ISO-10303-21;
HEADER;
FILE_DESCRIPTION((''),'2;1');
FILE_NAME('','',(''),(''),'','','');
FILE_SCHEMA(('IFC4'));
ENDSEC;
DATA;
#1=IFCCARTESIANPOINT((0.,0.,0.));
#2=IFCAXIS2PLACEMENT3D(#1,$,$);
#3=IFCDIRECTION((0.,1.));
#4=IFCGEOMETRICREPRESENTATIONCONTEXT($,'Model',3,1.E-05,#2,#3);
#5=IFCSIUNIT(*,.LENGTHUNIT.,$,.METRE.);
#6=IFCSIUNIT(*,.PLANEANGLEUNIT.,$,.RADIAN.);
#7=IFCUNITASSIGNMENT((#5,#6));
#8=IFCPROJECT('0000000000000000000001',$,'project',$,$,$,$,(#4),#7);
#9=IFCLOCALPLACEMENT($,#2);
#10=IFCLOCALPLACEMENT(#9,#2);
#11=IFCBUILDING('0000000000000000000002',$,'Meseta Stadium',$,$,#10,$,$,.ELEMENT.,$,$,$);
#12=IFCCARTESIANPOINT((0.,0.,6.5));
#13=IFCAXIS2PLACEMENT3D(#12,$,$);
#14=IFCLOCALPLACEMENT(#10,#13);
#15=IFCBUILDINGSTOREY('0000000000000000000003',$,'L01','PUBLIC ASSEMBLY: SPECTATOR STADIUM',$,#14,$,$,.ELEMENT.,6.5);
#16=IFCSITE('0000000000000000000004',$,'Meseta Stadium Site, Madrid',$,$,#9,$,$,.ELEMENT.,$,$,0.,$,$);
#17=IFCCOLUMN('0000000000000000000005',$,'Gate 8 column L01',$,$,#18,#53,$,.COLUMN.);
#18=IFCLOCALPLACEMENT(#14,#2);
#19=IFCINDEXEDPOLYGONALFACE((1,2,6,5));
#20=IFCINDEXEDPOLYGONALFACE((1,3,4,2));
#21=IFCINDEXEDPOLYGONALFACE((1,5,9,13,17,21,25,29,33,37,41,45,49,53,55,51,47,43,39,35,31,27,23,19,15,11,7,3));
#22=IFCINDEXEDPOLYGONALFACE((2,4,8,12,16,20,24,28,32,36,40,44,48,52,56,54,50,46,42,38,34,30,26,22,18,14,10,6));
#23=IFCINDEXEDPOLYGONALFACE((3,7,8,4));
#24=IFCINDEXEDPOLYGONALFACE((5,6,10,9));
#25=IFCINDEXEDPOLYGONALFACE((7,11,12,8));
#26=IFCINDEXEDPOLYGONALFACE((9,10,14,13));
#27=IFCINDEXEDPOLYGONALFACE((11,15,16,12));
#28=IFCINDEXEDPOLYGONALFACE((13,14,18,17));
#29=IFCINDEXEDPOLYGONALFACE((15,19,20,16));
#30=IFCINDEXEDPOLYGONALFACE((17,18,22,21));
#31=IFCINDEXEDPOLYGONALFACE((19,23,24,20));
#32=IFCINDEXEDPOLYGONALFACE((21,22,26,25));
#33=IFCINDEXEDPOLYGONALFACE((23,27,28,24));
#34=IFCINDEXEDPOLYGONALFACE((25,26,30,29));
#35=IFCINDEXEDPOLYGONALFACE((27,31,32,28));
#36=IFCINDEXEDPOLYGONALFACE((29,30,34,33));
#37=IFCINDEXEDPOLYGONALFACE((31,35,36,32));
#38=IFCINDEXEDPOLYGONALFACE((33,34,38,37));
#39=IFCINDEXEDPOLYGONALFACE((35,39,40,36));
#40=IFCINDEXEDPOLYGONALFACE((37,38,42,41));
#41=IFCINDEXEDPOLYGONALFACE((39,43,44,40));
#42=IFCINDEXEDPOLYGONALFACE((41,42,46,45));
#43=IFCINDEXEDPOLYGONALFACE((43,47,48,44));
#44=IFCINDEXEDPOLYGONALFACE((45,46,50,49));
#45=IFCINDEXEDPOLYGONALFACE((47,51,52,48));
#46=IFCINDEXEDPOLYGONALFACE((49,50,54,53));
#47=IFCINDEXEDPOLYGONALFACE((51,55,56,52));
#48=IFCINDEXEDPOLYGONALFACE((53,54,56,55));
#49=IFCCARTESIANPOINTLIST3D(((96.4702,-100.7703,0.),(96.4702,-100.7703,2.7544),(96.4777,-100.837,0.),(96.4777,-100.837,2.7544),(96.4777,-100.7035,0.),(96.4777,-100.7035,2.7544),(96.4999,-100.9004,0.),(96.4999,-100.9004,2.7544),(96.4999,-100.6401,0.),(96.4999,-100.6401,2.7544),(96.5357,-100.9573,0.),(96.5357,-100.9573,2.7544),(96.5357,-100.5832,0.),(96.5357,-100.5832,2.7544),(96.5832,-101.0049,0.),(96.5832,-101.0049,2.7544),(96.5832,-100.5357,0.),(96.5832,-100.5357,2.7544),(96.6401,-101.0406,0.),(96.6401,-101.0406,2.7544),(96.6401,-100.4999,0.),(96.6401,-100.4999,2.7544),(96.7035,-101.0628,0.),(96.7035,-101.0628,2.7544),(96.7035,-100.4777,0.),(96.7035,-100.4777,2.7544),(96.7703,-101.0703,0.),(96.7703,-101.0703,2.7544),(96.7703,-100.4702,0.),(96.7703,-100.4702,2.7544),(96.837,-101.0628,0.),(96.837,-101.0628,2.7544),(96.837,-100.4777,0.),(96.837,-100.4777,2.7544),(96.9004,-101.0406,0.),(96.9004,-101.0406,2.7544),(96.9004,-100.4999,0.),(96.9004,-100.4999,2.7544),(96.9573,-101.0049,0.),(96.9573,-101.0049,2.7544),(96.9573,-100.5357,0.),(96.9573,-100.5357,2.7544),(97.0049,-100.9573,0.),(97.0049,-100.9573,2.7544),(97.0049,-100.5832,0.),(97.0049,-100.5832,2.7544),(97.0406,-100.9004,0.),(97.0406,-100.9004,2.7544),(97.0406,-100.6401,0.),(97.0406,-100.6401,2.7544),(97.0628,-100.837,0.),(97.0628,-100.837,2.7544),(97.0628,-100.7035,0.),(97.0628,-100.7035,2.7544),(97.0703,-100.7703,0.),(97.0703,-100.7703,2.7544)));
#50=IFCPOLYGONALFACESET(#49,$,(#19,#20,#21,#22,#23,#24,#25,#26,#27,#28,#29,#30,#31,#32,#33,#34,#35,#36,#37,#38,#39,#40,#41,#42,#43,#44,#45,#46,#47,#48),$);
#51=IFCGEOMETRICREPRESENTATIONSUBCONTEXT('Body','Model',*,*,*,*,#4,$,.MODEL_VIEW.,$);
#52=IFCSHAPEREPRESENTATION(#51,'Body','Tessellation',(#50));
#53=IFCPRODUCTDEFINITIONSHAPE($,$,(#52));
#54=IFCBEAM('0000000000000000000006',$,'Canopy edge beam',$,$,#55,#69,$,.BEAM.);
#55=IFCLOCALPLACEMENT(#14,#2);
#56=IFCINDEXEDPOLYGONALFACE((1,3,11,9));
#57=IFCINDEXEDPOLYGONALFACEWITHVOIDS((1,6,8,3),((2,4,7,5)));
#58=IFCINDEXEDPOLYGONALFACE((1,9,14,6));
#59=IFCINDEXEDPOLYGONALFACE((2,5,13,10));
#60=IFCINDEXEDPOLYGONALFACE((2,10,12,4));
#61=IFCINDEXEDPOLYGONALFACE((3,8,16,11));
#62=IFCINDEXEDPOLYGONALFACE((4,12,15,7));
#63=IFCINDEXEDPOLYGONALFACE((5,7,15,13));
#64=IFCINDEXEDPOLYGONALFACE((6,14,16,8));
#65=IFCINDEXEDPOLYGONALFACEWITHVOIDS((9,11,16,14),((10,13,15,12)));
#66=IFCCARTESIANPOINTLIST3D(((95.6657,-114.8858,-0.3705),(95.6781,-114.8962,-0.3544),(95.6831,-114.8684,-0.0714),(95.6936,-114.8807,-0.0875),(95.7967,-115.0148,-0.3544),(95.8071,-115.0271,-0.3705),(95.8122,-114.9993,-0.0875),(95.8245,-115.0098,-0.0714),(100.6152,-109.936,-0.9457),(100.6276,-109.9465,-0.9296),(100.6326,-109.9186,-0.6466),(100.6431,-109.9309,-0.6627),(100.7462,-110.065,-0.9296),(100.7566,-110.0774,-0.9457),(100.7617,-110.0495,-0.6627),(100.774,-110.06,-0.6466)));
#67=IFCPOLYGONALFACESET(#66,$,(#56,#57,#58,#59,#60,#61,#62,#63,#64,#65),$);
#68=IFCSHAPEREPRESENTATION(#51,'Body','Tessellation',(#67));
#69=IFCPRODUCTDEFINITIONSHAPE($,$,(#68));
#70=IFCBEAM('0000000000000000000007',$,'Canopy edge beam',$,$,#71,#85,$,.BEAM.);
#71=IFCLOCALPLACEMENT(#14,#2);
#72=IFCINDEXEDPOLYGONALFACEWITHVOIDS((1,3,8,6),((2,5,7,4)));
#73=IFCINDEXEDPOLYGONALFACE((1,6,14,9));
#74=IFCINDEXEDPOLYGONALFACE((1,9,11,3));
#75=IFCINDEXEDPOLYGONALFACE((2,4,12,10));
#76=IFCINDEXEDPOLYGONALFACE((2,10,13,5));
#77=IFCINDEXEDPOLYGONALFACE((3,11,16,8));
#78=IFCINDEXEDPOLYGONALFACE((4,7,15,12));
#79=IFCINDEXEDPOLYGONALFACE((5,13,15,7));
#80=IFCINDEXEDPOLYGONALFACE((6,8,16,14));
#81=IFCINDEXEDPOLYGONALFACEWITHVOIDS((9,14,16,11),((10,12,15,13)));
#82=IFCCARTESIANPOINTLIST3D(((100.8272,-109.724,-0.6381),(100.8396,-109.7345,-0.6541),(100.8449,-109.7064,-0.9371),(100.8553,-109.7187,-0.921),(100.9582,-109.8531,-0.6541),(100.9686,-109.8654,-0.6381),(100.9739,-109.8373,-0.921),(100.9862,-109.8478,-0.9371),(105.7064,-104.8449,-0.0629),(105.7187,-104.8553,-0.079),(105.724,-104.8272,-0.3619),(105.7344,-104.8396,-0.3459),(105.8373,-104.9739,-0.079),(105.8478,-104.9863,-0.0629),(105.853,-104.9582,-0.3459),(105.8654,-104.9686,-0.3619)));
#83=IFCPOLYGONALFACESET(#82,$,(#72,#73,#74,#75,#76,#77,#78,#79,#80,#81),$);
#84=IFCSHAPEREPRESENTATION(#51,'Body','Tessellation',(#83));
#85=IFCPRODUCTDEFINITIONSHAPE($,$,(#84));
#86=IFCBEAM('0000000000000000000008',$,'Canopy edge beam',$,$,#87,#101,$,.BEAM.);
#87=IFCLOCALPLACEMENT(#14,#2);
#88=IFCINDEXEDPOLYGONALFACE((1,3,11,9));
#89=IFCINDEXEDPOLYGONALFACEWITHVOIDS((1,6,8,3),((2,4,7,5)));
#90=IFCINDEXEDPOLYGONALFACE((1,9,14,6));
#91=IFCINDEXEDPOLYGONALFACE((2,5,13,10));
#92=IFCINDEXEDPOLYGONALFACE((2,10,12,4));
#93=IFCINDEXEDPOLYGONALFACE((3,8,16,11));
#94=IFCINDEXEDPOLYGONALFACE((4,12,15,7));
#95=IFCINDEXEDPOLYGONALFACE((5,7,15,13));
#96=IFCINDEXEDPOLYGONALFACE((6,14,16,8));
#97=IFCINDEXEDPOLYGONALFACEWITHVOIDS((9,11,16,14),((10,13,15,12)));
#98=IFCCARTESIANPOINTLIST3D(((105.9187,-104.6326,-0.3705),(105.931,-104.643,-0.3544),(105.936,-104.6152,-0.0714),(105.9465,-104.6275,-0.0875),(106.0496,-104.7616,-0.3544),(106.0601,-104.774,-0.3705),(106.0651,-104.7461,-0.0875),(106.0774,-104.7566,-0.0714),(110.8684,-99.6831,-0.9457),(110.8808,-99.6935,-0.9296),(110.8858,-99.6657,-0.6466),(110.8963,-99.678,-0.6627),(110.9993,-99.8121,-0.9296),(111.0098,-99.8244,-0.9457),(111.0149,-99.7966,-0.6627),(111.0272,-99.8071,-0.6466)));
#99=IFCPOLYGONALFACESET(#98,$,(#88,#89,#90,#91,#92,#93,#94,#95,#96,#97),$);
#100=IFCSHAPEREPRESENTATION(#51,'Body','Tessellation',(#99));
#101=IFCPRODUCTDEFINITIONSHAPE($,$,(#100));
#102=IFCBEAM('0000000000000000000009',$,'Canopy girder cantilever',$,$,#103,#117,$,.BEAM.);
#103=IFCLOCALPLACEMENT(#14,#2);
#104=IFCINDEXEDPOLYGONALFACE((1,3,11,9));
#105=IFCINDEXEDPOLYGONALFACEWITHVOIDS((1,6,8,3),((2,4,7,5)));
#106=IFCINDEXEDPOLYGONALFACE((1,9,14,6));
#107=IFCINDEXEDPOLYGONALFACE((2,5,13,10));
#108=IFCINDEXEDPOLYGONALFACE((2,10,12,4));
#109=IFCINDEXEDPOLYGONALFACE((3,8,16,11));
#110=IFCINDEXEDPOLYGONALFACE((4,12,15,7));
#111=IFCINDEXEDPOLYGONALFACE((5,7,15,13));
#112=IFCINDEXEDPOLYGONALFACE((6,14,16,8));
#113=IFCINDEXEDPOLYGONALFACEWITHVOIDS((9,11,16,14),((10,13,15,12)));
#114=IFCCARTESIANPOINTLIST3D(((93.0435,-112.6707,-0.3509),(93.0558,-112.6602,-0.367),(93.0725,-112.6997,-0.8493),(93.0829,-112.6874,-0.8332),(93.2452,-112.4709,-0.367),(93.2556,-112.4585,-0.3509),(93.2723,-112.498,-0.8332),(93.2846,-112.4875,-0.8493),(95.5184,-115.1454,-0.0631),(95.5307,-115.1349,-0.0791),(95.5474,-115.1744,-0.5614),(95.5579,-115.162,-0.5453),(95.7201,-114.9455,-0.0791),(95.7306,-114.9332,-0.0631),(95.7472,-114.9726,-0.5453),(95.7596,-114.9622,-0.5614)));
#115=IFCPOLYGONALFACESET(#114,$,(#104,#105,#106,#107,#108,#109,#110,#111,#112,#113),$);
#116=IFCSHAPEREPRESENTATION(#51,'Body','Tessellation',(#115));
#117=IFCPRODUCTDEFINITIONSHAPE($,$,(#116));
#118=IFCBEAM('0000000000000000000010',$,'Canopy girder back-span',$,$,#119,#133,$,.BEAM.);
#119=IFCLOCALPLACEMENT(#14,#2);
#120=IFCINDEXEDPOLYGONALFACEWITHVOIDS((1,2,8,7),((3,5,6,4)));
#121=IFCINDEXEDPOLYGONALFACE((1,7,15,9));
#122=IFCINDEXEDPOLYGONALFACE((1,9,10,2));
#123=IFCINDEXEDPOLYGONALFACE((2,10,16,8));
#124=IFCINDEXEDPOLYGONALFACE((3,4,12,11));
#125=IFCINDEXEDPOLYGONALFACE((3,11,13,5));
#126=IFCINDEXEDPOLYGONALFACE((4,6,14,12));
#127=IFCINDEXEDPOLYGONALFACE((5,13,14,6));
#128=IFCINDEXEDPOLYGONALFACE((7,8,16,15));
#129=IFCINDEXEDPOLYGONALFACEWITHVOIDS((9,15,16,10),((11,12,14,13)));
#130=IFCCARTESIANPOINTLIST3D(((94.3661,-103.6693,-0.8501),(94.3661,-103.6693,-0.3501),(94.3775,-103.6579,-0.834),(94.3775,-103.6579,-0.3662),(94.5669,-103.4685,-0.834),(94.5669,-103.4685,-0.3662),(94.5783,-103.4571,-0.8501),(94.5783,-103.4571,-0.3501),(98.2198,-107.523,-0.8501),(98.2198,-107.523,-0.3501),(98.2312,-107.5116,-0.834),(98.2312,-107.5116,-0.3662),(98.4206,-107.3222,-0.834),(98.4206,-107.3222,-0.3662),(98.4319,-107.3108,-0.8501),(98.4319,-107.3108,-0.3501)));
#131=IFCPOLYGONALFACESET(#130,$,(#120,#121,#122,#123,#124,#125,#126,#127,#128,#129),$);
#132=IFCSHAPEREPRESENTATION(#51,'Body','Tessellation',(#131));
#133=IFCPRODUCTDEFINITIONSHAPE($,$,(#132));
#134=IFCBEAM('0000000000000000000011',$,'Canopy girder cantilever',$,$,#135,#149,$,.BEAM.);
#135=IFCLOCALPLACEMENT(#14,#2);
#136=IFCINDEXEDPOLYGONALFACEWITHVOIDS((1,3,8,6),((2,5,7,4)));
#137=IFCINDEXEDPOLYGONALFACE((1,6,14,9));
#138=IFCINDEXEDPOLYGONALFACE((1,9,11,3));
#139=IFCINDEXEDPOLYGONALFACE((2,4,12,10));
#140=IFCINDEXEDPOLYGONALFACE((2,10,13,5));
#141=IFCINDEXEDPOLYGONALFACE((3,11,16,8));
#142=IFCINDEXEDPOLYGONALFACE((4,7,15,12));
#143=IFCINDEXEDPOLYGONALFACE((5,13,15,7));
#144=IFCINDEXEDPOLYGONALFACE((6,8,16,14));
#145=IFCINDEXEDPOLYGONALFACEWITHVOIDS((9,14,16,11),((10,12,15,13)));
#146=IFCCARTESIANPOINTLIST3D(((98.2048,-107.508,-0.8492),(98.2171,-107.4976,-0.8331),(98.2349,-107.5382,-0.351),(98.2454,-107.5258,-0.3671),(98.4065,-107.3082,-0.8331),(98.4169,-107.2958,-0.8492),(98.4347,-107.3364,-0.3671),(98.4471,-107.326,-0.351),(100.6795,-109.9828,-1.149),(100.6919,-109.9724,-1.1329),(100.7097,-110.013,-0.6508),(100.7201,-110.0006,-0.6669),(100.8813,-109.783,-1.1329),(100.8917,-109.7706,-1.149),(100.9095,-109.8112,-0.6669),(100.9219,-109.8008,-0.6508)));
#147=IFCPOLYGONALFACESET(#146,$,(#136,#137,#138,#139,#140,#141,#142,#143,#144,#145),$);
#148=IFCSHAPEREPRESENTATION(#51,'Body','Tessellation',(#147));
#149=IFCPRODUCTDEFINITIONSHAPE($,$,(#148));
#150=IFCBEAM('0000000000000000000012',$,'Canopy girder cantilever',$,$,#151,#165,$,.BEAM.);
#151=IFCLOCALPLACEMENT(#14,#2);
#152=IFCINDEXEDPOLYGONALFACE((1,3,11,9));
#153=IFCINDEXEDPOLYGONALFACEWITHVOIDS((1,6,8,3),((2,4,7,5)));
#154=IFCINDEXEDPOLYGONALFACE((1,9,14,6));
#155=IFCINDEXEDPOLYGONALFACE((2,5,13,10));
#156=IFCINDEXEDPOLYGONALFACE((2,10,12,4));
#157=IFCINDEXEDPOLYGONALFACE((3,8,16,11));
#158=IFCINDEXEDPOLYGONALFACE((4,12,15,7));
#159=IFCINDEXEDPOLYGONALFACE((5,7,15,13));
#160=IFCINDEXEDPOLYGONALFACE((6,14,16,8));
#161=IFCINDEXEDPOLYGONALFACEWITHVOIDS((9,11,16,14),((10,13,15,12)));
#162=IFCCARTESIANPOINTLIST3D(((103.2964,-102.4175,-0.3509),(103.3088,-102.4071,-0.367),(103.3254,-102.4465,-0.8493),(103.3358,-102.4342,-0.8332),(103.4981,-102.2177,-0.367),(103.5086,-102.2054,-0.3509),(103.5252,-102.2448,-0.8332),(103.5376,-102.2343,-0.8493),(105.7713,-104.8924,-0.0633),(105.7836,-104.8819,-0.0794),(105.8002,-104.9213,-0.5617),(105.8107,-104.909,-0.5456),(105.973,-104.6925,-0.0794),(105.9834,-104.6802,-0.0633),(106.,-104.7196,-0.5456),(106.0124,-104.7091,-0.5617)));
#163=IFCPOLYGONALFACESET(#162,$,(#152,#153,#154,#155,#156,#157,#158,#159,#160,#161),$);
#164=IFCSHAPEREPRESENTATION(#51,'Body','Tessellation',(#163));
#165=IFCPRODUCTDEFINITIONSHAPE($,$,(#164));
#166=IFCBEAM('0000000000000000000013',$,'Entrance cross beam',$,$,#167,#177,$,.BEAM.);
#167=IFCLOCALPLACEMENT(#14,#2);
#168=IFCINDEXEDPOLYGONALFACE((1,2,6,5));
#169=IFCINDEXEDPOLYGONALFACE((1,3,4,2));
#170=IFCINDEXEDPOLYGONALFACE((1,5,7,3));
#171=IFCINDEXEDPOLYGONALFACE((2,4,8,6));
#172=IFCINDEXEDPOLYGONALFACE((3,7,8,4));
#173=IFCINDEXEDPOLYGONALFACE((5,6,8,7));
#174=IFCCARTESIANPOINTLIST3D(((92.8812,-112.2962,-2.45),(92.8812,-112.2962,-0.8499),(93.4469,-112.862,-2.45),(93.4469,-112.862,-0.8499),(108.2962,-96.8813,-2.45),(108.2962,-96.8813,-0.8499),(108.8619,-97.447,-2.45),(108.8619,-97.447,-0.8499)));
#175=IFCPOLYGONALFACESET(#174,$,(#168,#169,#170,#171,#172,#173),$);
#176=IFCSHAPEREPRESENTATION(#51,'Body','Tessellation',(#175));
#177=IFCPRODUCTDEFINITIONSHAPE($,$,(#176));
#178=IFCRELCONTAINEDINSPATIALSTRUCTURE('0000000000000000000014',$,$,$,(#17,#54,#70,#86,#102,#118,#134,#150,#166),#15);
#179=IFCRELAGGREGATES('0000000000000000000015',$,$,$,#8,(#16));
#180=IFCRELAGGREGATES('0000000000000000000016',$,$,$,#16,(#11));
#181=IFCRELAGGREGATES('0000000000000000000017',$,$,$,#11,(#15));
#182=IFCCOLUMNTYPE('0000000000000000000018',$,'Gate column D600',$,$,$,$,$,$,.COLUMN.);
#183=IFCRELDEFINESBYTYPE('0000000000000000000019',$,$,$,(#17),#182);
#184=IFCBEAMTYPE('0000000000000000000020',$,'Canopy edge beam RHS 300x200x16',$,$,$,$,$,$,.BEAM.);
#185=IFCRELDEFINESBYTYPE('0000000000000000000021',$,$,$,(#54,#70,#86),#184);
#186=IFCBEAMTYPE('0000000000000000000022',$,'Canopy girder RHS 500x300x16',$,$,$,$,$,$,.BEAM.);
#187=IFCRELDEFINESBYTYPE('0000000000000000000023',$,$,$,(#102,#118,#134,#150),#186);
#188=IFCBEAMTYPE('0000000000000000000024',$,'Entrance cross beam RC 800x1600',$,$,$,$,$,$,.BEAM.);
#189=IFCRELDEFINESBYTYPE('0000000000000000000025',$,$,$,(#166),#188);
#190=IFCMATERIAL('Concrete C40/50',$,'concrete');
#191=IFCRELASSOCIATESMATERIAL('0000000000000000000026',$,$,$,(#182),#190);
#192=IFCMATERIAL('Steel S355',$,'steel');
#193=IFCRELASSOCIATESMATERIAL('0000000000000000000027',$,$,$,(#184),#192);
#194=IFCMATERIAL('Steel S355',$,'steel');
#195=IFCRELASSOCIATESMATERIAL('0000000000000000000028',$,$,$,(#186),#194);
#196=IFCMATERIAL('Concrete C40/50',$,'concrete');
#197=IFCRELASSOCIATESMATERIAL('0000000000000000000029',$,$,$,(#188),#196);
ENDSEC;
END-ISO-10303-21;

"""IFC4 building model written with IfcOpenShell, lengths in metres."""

from ifc_helpers import new_model, si_unit, direction, frame, origin, origin_2d, place, context, subcontext, project, spatial, rectangle, hollow_rectangle, circle, extrude, material, material_profile, profile_set, type_object, element, save


model = new_model("IFC4")

# Units and contexts
model_context = context("Model", 3, precision=1e-05, world=origin(), true_north=direction((0.0, 1.0)))
body_context = subcontext(model_context, "Body", "Model", "MODEL_VIEW")
ifc_project = project(units=[si_unit("LENGTHUNIT", "METRE"), si_unit("PLANEANGLEUNIT", "RADIAN")], contexts=[model_context])

# Site, building, storey
site_placement = place(None, origin())
site = spatial("IfcSite", under=ifc_project, at=site_placement, Name="Meseta Stadium Site, Madrid", CompositionType="ELEMENT", RefElevation=0.0)
building_placement = place(site_placement, origin())
building = spatial("IfcBuilding", under=site, at=building_placement, Name="Meseta Stadium", CompositionType="ELEMENT")
storey_placement = place(building_placement, frame((0.0, 0.0, 6.5)))
storey = spatial("IfcBuildingStorey", under=building, at=storey_placement, Name="L01", Description="PUBLIC ASSEMBLY: SPECTATOR STADIUM", CompositionType="ELEMENT", Elevation=6.5)

# Column
ifc_material_1 = material(Name="Concrete C40/50", Category="concrete")
ifc_material_profile_1 = material_profile(ifc_material_1, circle(Radius=0.3, at=origin_2d()), Name="RC D600")
ifc_profile_set_1 = profile_set([ifc_material_profile_1], Name="Concrete C40/50")
column_type = type_object("IfcColumnType", Name="Gate column D600", PredefinedType="COLUMN", material=ifc_profile_set_1)
column_placement = place(storey_placement, frame((96.7703, -100.7703, 0.0), z_axis=(0.0, 0.0, 1.0), x_axis=(1.0, 0.0, 0.0)))
element("IfcColumn", 1, at=column_placement, inside=storey, type_object=column_type, Name="Gate 8 column L01", PredefinedType="COLUMN", context=body_context, shape_type="SweptSolid", body=[
    extrude(circle(Radius=0.3, at=origin_2d()), origin(), (0.0, 0.0, 1.0), 2.7544),
])

# Beams
ifc_material_2 = material(Name="Steel S355", Category="steel")
ifc_material_profile_2 = material_profile(ifc_material_2, hollow_rectangle(XDim=0.2, YDim=0.3, WallThickness=0.0161, at=origin_2d()), Name="RHS 300x200x16")
ifc_profile_set_2 = profile_set([ifc_material_profile_2], Name="Steel S355")
beam_type_1 = type_object("IfcBeamType", Name="Canopy edge beam RHS 300x200x16", PredefinedType="BEAM", material=ifc_profile_set_2)
beam_1_placement = place(storey_placement, frame((95.7451, -114.9478, -0.2209), z_axis=(0.704714, 0.704749, -0.081897), x_axis=(-0.707124, 0.707089, 0.0)))
element("IfcBeam", 2, at=beam_1_placement, inside=storey, type_object=beam_type_1, Name="Canopy edge beam", PredefinedType="BEAM", context=body_context, shape_type="SweptSolid", body=[
    extrude(hollow_rectangle(XDim=0.2, YDim=0.3, WallThickness=0.0161, at=origin_2d()), origin(), (0.0, 0.0, 1.0), 7.0234),
])
beam_2_placement = place(storey_placement, frame((100.9067, -109.7859, -0.7876), z_axis=(0.704663, 0.704663, 0.083072), x_axis=(-0.707107, 0.707107, 0.0)))
element("IfcBeam", 3, at=beam_2_placement, inside=storey, type_object=beam_type_1, Name="Canopy edge beam", PredefinedType="BEAM", context=body_context, shape_type="SweptSolid", body=[
    extrude(hollow_rectangle(XDim=0.2, YDim=0.3, WallThickness=0.0161, at=origin_2d()), origin(), (0.0, 0.0, 1.0), 6.9241),
])
beam_3_placement = place(storey_placement, frame((105.998, -104.6946, -0.2209), z_axis=(0.704749, 0.704714, -0.081897), x_axis=(-0.707089, 0.707124, 0.0)))
element("IfcBeam", 4, at=beam_3_placement, inside=storey, type_object=beam_type_1, Name="Canopy edge beam", PredefinedType="BEAM", context=body_context, shape_type="SweptSolid", body=[
    extrude(hollow_rectangle(XDim=0.2, YDim=0.3, WallThickness=0.0161, at=origin_2d()), origin(), (0.0, 0.0, 1.0), 7.0234),
])
ifc_material_3 = material(Name="Steel S355", Category="steel")
ifc_material_profile_3 = material_profile(ifc_material_3, hollow_rectangle(XDim=0.3, YDim=0.5, WallThickness=0.0161, at=origin_2d()), Name="RHS 500x300x16")
ifc_profile_set_3 = profile_set([ifc_material_profile_3], Name="Steel S355")
beam_type_2 = type_object("IfcBeamType", Name="Canopy girder RHS 500x300x16", PredefinedType="BEAM", material=ifc_profile_set_3)
beam_4_placement = place(storey_placement, frame((93.1641, -112.5791, -0.6001), z_axis=(0.704762, -0.704693, 0.081968), x_axis=(0.707072, 0.707142, 0.0)))
element("IfcBeam", 5, at=beam_4_placement, inside=storey, type_object=beam_type_2, Name="Canopy girder cantilever", PredefinedType="BEAM", context=body_context, shape_type="SweptSolid", body=[
    extrude(hollow_rectangle(XDim=0.3, YDim=0.5, WallThickness=0.0161, at=origin_2d()), origin(), (0.0, 0.0, 1.0), 3.5117),
])
beam_5_placement = place(storey_placement, frame((94.4722, -103.5632, -0.6001), z_axis=(0.707107, -0.707107, 0.0), x_axis=(0.707107, 0.707107, 0.0)))
element("IfcBeam", 6, at=beam_5_placement, inside=storey, type_object=beam_type_2, Name="Canopy girder back-span", PredefinedType="BEAM", context=body_context, shape_type="SweptSolid", body=[
    extrude(hollow_rectangle(XDim=0.3, YDim=0.5, WallThickness=0.0161, at=origin_2d()), origin(), (0.0, 0.0, 1.0), 5.45),
])
beam_6_placement = place(storey_placement, frame((98.3259, -107.417, -0.6001), z_axis=(0.704527, -0.704527, -0.085347), x_axis=(0.707107, 0.707107, 0.0)))
element("IfcBeam", 7, at=beam_6_placement, inside=storey, type_object=beam_type_2, Name="Canopy girder cantilever", PredefinedType="BEAM", context=body_context, shape_type="SweptSolid", body=[
    extrude(hollow_rectangle(XDim=0.3, YDim=0.5, WallThickness=0.0161, at=origin_2d()), origin(), (0.0, 0.0, 1.0), 3.5127),
])
beam_7_placement = place(storey_placement, frame((103.417, -102.3259, -0.6001), z_axis=(0.704732, -0.704732, 0.081895), x_axis=(0.707107, 0.707107, 0.0)))
element("IfcBeam", 8, at=beam_7_placement, inside=storey, type_object=beam_type_2, Name="Canopy girder cantilever", PredefinedType="BEAM", context=body_context, shape_type="SweptSolid", body=[
    extrude(hollow_rectangle(XDim=0.3, YDim=0.5, WallThickness=0.0161, at=origin_2d()), origin(), (0.0, 0.0, 1.0), 3.5117),
])
ifc_material_4 = material(Name="Concrete C40/50", Category="concrete")
ifc_material_profile_4 = material_profile(ifc_material_4, rectangle(XDim=0.8, YDim=1.6001, at=origin_2d()), Name="RC 800x1600")
ifc_profile_set_4 = profile_set([ifc_material_profile_4], Name="Concrete C40/50")
beam_type_3 = type_object("IfcBeamType", Name="Entrance cross beam RC 800x1600", PredefinedType="BEAM", material=ifc_profile_set_4)
beam_8_placement = place(storey_placement, frame((93.1641, -112.5791, -1.6499), z_axis=(0.707107, 0.707107, 0.0), x_axis=(-0.707107, 0.707107, 0.0)))
element("IfcBeam", 9, at=beam_8_placement, inside=storey, type_object=beam_type_3, Name="Entrance cross beam", PredefinedType="BEAM", context=body_context, shape_type="SweptSolid", body=[
    extrude(rectangle(XDim=0.8, YDim=1.6001, at=origin_2d()), origin(), (0.0, 0.0, 1.0), 21.8),
])

save(model, "model.ifc")
